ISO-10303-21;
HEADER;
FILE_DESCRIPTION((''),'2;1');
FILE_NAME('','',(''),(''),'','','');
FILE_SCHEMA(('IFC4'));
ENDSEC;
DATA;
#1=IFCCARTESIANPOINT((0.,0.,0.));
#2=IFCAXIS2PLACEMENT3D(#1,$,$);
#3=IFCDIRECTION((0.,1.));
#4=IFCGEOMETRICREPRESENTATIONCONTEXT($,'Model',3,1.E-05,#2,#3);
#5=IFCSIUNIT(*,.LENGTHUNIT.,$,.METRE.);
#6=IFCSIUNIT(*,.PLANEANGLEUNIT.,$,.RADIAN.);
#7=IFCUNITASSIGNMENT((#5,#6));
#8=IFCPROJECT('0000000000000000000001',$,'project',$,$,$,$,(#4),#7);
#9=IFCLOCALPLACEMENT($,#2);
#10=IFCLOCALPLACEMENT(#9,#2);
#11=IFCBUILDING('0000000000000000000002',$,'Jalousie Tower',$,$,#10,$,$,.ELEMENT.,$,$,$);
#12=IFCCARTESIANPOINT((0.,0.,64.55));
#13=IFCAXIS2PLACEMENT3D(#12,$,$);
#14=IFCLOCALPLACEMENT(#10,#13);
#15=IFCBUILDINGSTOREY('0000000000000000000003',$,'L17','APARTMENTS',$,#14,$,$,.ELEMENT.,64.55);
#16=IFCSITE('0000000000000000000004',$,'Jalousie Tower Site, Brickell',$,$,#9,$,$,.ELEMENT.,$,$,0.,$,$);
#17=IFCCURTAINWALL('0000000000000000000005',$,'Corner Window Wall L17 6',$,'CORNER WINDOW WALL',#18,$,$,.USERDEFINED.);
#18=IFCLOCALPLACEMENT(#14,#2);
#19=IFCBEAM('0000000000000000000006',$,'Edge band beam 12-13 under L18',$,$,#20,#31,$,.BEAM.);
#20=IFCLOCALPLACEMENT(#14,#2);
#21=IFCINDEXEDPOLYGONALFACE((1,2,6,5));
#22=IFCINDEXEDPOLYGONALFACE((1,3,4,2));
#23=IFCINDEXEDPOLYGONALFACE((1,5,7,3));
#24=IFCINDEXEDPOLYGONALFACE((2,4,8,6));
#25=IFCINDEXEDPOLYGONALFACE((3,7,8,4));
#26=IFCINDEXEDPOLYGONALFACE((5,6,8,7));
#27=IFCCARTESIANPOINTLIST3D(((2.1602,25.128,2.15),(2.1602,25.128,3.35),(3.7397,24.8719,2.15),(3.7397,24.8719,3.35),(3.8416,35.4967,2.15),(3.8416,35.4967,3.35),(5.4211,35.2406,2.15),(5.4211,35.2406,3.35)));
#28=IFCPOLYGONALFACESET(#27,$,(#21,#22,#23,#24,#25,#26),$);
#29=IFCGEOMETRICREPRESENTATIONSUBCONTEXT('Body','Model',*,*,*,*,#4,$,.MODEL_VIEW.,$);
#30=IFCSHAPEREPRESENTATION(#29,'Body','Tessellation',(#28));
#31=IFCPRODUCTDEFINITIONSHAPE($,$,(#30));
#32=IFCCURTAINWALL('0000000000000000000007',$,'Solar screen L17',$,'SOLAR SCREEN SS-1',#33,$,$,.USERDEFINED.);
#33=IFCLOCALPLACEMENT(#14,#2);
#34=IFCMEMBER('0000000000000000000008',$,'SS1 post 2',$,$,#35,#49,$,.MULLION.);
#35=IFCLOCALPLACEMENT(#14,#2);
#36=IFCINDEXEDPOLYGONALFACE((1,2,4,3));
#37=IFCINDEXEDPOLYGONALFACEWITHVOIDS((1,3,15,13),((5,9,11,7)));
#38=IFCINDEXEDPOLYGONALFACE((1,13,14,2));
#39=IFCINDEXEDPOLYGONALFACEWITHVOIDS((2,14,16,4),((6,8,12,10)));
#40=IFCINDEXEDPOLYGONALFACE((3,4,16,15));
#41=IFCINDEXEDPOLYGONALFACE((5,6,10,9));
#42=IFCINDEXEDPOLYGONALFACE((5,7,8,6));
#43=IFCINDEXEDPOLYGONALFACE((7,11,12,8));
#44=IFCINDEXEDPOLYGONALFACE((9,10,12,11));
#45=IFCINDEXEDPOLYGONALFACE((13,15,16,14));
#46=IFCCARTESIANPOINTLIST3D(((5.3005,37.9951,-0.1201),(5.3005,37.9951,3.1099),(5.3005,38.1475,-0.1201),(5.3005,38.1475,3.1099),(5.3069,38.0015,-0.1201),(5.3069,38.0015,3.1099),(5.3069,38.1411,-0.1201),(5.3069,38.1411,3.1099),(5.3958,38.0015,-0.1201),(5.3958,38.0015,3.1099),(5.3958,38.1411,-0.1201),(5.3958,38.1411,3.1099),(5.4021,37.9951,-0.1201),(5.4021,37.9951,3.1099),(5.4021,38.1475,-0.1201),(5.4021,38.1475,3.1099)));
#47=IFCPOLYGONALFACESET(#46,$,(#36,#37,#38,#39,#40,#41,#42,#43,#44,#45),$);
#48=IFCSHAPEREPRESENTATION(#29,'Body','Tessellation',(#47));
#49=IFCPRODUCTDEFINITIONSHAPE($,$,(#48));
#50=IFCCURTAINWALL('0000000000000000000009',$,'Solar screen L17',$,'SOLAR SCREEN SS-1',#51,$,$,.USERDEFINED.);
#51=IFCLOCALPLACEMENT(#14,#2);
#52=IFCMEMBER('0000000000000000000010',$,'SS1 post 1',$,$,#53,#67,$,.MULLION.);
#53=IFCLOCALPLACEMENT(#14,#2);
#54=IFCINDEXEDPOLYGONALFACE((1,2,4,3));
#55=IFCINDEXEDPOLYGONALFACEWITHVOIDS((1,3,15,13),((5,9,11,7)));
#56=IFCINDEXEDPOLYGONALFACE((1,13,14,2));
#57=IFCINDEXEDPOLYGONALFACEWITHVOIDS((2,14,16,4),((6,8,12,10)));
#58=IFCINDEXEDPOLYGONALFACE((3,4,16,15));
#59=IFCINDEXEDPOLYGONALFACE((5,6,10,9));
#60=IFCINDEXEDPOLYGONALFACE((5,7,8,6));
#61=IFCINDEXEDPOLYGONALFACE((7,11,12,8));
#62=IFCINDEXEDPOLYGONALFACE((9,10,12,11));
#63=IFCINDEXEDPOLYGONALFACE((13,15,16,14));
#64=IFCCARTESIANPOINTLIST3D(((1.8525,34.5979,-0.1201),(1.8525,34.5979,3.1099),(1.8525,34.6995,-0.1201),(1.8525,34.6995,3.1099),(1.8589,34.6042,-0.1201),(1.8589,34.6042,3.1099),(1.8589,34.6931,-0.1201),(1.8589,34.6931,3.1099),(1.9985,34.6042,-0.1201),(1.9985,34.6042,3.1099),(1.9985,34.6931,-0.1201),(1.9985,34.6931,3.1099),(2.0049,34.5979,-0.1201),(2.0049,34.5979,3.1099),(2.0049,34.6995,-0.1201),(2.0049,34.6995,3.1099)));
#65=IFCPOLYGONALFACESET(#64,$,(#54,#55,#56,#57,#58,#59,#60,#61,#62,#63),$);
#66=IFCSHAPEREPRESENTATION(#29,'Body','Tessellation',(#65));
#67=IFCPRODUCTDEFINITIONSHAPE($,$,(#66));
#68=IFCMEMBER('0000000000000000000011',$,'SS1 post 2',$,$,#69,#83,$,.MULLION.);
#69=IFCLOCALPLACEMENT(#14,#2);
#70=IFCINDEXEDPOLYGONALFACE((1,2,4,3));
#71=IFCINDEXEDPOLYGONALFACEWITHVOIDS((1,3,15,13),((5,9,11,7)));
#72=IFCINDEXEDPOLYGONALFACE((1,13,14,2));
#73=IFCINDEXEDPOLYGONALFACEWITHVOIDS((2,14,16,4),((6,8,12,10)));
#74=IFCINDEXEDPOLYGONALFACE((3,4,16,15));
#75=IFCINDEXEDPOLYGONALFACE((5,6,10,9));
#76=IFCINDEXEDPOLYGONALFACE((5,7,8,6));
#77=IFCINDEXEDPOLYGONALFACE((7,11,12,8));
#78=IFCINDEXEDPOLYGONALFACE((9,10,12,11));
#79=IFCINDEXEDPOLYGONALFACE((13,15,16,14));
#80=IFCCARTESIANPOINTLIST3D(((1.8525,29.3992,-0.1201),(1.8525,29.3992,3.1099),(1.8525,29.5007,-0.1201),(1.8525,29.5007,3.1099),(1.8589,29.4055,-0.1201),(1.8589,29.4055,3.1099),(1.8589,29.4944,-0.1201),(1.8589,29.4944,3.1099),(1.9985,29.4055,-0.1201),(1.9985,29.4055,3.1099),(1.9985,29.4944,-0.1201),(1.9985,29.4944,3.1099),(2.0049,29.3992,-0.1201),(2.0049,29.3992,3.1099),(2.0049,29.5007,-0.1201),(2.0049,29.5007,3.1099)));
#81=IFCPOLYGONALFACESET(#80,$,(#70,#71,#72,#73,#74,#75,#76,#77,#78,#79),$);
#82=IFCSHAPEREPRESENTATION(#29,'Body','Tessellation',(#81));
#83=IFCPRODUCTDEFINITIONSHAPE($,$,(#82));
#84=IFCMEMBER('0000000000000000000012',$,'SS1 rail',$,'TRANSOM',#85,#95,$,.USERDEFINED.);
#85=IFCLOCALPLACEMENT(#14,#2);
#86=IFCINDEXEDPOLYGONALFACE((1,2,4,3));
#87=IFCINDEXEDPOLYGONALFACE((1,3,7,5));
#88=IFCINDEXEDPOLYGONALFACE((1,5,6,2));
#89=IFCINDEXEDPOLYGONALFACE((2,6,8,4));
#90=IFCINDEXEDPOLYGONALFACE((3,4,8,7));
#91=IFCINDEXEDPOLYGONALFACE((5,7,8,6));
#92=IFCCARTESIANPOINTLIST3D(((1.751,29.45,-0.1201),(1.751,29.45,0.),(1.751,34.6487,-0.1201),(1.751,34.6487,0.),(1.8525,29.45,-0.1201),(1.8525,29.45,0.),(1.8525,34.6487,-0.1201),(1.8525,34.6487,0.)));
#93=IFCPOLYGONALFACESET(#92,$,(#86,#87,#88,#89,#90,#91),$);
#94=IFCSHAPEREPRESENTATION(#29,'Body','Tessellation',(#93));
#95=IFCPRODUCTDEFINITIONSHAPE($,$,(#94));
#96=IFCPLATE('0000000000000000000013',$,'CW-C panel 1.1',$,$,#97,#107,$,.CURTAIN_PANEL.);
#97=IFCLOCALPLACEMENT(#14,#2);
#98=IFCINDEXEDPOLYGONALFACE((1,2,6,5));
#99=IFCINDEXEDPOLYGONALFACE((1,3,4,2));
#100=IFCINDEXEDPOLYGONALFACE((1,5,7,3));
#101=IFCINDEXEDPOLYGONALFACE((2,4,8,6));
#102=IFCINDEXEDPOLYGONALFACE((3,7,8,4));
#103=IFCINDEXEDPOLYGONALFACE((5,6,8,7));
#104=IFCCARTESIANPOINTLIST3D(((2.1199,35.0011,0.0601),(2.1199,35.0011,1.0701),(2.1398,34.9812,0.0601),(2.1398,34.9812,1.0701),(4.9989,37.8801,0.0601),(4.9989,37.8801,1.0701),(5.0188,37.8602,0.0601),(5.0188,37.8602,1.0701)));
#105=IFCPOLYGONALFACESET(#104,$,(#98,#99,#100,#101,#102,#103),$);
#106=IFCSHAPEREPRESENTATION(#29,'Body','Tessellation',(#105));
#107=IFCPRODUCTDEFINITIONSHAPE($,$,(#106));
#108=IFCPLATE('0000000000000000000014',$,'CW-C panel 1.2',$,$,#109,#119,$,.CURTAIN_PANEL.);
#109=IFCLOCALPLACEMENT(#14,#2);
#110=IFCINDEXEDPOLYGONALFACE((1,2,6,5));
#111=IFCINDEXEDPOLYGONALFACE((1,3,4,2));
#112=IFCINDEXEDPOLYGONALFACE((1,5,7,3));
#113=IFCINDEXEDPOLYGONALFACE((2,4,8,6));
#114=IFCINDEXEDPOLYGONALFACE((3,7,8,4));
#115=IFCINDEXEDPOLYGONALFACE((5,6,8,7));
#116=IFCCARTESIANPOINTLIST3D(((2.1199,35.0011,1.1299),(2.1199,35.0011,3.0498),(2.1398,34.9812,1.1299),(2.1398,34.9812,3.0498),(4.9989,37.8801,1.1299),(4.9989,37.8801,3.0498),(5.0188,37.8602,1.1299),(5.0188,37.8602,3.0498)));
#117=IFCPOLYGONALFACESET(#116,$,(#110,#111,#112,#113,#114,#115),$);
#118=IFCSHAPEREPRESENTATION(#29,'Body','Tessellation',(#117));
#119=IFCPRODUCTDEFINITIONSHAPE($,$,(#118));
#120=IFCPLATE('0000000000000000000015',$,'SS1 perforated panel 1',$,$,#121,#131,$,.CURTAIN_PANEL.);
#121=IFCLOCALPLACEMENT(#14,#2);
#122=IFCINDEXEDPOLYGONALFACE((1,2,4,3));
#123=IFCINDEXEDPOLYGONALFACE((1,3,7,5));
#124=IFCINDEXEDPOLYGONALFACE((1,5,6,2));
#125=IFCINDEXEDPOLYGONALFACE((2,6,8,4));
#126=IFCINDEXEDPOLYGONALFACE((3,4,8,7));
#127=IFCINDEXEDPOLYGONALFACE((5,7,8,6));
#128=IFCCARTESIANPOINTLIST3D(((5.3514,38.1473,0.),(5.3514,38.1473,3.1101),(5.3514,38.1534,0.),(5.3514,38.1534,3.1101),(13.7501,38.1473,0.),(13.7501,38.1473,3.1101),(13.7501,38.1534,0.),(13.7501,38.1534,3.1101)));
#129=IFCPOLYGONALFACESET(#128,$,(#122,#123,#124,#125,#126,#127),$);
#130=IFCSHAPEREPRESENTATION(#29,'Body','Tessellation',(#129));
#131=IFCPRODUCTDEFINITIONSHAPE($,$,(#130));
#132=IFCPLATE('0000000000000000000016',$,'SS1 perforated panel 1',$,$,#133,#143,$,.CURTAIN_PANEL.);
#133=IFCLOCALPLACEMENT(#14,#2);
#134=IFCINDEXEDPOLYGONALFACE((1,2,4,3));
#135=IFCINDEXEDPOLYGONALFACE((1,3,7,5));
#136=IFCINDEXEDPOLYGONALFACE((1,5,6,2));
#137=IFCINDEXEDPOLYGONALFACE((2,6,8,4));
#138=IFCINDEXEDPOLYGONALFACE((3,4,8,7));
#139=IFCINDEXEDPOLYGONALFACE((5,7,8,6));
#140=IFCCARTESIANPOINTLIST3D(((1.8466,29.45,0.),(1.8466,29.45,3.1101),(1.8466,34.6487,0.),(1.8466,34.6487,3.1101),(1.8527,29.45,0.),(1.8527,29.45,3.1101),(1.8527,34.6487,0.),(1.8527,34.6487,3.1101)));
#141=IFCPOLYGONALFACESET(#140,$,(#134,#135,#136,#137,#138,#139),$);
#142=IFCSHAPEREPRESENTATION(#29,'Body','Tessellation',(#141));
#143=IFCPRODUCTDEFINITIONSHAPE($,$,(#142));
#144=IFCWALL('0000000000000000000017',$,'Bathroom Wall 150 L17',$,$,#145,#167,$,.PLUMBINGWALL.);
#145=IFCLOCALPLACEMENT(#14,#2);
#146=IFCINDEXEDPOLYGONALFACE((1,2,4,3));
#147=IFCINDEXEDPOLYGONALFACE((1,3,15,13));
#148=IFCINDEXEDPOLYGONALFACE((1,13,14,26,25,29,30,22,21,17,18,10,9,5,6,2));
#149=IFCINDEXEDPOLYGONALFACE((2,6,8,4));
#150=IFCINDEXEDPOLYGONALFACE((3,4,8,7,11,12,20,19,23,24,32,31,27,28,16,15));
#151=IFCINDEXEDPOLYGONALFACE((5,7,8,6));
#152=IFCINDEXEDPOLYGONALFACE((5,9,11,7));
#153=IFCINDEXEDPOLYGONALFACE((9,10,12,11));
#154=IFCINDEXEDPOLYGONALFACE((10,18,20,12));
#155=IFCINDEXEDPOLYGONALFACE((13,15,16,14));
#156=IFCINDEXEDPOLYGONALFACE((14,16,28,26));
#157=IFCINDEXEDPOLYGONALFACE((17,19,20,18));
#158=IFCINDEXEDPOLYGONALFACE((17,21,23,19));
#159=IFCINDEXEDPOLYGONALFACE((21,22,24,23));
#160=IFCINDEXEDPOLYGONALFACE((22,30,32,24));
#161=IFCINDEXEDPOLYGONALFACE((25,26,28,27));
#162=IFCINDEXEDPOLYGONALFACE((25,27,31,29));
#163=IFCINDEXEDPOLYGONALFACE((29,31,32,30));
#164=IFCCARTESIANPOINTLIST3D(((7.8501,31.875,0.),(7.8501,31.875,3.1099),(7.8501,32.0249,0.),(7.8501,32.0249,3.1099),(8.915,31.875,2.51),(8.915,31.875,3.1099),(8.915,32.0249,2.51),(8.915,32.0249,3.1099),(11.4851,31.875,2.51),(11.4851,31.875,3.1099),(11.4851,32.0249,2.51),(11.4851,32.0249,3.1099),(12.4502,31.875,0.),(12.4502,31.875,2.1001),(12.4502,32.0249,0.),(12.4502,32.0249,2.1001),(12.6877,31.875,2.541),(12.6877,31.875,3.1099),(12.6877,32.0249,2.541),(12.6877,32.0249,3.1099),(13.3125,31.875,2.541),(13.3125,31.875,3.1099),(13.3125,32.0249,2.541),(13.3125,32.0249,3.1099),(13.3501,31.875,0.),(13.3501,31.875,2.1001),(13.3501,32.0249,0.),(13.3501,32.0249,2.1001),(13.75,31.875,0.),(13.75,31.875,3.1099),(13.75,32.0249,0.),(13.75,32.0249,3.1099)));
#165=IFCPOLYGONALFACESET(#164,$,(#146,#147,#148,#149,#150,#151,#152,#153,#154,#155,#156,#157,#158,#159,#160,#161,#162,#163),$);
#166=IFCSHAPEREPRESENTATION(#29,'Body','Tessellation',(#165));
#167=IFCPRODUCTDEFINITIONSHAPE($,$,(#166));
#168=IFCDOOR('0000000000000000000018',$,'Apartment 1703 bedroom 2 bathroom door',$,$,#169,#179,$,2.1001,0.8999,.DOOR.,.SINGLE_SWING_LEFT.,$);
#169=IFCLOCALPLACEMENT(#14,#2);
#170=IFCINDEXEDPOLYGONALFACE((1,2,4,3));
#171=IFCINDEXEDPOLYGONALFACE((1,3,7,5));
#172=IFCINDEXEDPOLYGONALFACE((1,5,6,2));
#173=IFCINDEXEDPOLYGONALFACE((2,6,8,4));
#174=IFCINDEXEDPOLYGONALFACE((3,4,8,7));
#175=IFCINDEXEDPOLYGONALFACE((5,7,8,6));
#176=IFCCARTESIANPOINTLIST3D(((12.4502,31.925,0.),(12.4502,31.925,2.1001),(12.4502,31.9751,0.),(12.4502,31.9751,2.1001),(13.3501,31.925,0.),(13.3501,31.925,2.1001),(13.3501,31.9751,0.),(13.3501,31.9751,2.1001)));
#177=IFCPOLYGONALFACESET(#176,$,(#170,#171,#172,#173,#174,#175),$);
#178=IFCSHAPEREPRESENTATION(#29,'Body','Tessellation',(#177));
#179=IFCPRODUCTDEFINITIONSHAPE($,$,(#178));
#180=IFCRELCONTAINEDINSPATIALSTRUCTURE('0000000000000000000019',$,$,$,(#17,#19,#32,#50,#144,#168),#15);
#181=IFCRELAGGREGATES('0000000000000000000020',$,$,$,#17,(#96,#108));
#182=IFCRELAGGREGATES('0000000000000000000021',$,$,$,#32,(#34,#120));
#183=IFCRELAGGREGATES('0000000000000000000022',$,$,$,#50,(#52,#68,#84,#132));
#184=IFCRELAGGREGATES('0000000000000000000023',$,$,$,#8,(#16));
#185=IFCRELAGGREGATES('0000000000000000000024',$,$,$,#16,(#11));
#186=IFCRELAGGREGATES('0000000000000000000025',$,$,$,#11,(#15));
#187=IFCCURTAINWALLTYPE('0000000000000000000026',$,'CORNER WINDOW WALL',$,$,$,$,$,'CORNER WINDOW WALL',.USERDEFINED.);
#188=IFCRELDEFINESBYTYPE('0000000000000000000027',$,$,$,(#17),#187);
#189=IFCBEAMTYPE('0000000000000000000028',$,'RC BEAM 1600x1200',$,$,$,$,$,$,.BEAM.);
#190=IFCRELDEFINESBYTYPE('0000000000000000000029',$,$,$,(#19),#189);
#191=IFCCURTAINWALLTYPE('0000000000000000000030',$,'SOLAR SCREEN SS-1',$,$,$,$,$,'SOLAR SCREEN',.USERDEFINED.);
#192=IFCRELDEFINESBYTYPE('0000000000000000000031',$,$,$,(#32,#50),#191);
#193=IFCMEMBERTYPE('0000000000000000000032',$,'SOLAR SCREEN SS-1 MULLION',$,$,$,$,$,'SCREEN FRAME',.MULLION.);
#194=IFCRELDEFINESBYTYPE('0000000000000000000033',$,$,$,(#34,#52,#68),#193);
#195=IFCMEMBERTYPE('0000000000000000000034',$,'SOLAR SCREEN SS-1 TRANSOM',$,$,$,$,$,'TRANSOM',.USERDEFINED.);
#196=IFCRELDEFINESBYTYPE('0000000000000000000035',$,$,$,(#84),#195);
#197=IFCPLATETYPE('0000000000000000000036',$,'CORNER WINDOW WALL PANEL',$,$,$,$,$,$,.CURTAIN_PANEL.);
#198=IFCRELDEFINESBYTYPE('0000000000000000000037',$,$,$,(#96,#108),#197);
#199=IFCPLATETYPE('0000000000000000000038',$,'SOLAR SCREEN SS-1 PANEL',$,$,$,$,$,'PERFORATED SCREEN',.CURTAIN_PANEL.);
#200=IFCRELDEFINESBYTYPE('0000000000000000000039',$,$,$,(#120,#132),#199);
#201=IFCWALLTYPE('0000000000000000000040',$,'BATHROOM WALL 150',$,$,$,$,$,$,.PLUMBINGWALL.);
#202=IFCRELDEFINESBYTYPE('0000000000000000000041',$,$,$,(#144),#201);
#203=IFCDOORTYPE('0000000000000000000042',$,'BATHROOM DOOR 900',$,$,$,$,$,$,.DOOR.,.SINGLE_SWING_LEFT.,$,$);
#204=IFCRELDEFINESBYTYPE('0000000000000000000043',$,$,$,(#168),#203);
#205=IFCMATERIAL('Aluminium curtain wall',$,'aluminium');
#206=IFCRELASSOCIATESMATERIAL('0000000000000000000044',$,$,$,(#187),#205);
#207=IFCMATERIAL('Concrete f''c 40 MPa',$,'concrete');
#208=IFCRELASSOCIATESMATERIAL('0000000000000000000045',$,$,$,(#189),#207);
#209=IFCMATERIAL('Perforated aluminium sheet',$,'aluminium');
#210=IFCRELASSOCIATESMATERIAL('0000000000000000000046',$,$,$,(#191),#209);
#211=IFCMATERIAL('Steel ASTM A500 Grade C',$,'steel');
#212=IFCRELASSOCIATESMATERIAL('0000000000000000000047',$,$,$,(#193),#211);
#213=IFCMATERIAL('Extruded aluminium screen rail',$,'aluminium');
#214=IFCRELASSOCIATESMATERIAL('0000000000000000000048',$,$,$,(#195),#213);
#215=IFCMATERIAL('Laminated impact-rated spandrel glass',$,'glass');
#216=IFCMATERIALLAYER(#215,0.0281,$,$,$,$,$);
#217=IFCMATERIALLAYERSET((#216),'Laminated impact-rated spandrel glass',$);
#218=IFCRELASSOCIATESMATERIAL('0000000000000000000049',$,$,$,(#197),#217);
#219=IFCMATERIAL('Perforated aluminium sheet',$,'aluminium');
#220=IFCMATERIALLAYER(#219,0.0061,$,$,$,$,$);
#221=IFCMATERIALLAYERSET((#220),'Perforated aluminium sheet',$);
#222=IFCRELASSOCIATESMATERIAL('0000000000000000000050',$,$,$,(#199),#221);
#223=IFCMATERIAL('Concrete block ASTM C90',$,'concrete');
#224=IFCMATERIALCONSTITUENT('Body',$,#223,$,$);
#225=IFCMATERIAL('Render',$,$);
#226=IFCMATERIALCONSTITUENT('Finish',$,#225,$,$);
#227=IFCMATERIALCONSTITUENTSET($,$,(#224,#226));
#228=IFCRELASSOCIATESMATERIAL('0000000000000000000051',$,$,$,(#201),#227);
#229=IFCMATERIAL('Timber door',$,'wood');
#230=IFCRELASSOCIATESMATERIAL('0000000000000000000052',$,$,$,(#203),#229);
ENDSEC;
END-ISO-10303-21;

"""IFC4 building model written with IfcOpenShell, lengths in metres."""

from ifc_helpers import new_model, si_unit, direction, frame, frame_2d, origin, origin_2d, place, context, subcontext, project, spatial, polyline, rectangle, hollow_rectangle, outline, extrude, material, layer, layer_set, constituent, constituent_set, material_profile, profile_set, type_object, element, fill, aggregate, save


model = new_model("IFC4")

# Units and contexts
model_context = context("Model", 3, precision=1e-05, world=origin(), true_north=direction((0.0, 1.0)))
body_context = subcontext(model_context, "Body", "Model", "MODEL_VIEW")
ifc_project = project(units=[si_unit("LENGTHUNIT", "METRE"), si_unit("PLANEANGLEUNIT", "RADIAN")], contexts=[model_context])

# Site, building, storey
site_placement = place(None, origin())
site = spatial("IfcSite", under=ifc_project, at=site_placement, Name="Jalousie Tower Site, Brickell", CompositionType="ELEMENT", RefElevation=0.0)
building_placement = place(site_placement, origin())
building = spatial("IfcBuilding", under=site, at=building_placement, Name="Jalousie Tower", CompositionType="ELEMENT")
storey_placement = place(building_placement, frame((0.0, 0.0, 64.55)))
storey = spatial("IfcBuildingStorey", under=building, at=storey_placement, Name="L17", Description="APARTMENTS", CompositionType="ELEMENT", Elevation=64.55)

# Curtain wall
ifc_material_1 = material(Name="Aluminium curtain wall", Category="aluminium")
curtain_wall_type_1 = type_object("IfcCurtainWallType", Name="CORNER WINDOW WALL", ElementType="CORNER WINDOW WALL", PredefinedType="USERDEFINED", material=ifc_material_1)
curtain_wall_1_placement = place(storey_placement, origin())
curtain_wall_1 = element("IfcCurtainWall", 1, at=curtain_wall_1_placement, inside=storey, type_object=curtain_wall_type_1, Name="Corner Window Wall L17 6", ObjectType="CORNER WINDOW WALL", PredefinedType="USERDEFINED")

# Beam
ifc_material_2 = material(Name="Concrete f'c 40 MPa", Category="concrete")
ifc_material_profile_1 = material_profile(ifc_material_2, rectangle(XDim=1.6001, YDim=1.2, at=origin_2d()), Name="RC 1600x1200")
ifc_profile_set_1 = profile_set([ifc_material_profile_1], Name="Concrete f'c 40 MPa")
beam_type_1 = type_object("IfcBeamType", Name="RC BEAM 1600x1200", PredefinedType="BEAM", material=ifc_profile_set_1)
beam_1_placement = place(storey_placement, frame((4.6313, 35.3687, 2.75), z_axis=(-0.160071, -0.987106, 0.0), x_axis=(0.987106, -0.160071, 0.0)))
element("IfcBeam", 2, at=beam_1_placement, inside=storey, type_object=beam_type_1, Name="Edge band beam 12-13 under L18", PredefinedType="BEAM", context=body_context, shape_type="SweptSolid", body=[
    extrude(rectangle(XDim=1.6001, YDim=1.2, at=origin_2d()), origin(), (0.0, 0.0, 1.0), 10.5042),
])

# Curtain wall, member
ifc_material_3 = material(Name="Perforated aluminium sheet", Category="aluminium")
curtain_wall_type_2 = type_object("IfcCurtainWallType", Name="SOLAR SCREEN SS-1", ElementType="SOLAR SCREEN", PredefinedType="USERDEFINED", material=ifc_material_3)
curtain_wall_2_placement = place(storey_placement, origin())
curtain_wall_2 = element("IfcCurtainWall", 3, at=curtain_wall_2_placement, inside=storey, type_object=curtain_wall_type_2, Name="Solar screen L17", ObjectType="SOLAR SCREEN SS-1", PredefinedType="USERDEFINED")
ifc_material_4 = material(Name="Steel ASTM A500 Grade C", Category="steel")
ifc_material_profile_2 = material_profile(ifc_material_4, hollow_rectangle(XDim=0.1016, YDim=0.1523, WallThickness=0.0063, at=origin_2d()), Name="HSS6X4X1/4")
ifc_profile_set_2 = profile_set([ifc_material_profile_2], Name="Steel ASTM A500 Grade C")
member_type_1 = type_object("IfcMemberType", Name="SOLAR SCREEN SS-1 MULLION", ElementType="SCREEN FRAME", PredefinedType="MULLION", material=ifc_profile_set_2)
member_1_placement = place(storey_placement, frame((5.3513, 38.0713, -0.1201), z_axis=(0.0, 0.0, 1.0), x_axis=(-1.0, 0.0, 0.0)))
member_1 = element("IfcMember", 4, at=member_1_placement, type_object=member_type_1, Name="SS1 post 2", PredefinedType="MULLION", context=body_context, shape_type="SweptSolid", body=[
    extrude(hollow_rectangle(XDim=0.1016, YDim=0.1523, WallThickness=0.0063, at=origin_2d()), origin(), (0.0, 0.0, 1.0), 3.23),
])

# Curtain wall, members
curtain_wall_3_placement = place(storey_placement, origin())
curtain_wall_3 = element("IfcCurtainWall", 5, at=curtain_wall_3_placement, inside=storey, type_object=curtain_wall_type_2, Name="Solar screen L17", ObjectType="SOLAR SCREEN SS-1", PredefinedType="USERDEFINED")
member_2_placement = place(storey_placement, frame((1.9287, 34.6487, -0.1201), z_axis=(0.0, 0.0, 1.0), x_axis=(0.0, -1.0, 0.0)))
member_2 = element("IfcMember", 6, at=member_2_placement, type_object=member_type_1, Name="SS1 post 1", PredefinedType="MULLION", context=body_context, shape_type="SweptSolid", body=[
    extrude(hollow_rectangle(XDim=0.1016, YDim=0.1523, WallThickness=0.0063, at=origin_2d()), origin(), (0.0, 0.0, 1.0), 3.23),
])
member_3_placement = place(storey_placement, frame((1.9287, 29.45, -0.1201), z_axis=(0.0, 0.0, 1.0), x_axis=(0.0, -1.0, 0.0)))
member_3 = element("IfcMember", 7, at=member_3_placement, type_object=member_type_1, Name="SS1 post 2", PredefinedType="MULLION", context=body_context, shape_type="SweptSolid", body=[
    extrude(hollow_rectangle(XDim=0.1016, YDim=0.1523, WallThickness=0.0063, at=origin_2d()), origin(), (0.0, 0.0, 1.0), 3.23),
])
ifc_material_5 = material(Name="Extruded aluminium screen rail", Category="aluminium")
ifc_material_profile_3 = material_profile(ifc_material_5, rectangle(XDim=0.1016, YDim=0.1201, at=origin_2d()), Name="RAIL 102x120")
ifc_profile_set_3 = profile_set([ifc_material_profile_3], Name="Extruded aluminium screen rail")
member_type_2 = type_object("IfcMemberType", Name="SOLAR SCREEN SS-1 TRANSOM", ElementType="TRANSOM", PredefinedType="USERDEFINED", material=ifc_profile_set_3)
member_4_placement = place(storey_placement, frame((1.8018, 34.6487, -0.0601), z_axis=(0.0, -1.0, 0.0), x_axis=(1.0, 0.0, 0.0)))
member_4 = element("IfcMember", 8, at=member_4_placement, type_object=member_type_2, Name="SS1 rail", ObjectType="TRANSOM", PredefinedType="USERDEFINED", context=body_context, shape_type="SweptSolid", body=[
    extrude(rectangle(XDim=0.1016, YDim=0.1201, at=origin_2d()), origin(), (0.0, 0.0, 1.0), 5.1987),
])

# Plates
ifc_material_6 = material(Name="Laminated impact-rated spandrel glass", Category="glass")
ifc_layer_1 = layer(ifc_material_6, 0.0281)
ifc_layer_set_1 = layer_set([ifc_layer_1], Name="Laminated impact-rated spandrel glass")
plate_type_1 = type_object("IfcPlateType", Name="CORNER WINDOW WALL PANEL", PredefinedType="CURTAIN_PANEL", material=ifc_layer_set_1)
plate_1_placement = place(storey_placement, frame((3.5693, 36.4307, 0.0601), z_axis=(0.0, 0.0, 1.0), x_axis=(-0.707107, -0.707107, 0.0)))
plate_1 = element("IfcPlate", 9, at=plate_1_placement, type_object=plate_type_1, Name="CW-C panel 1.1", PredefinedType="CURTAIN_PANEL", context=body_context, shape_type="SweptSolid", body=[
    extrude(rectangle(XDim=4.0715, YDim=0.0281, at=origin_2d()), origin(), (0.0, 0.0, 1.0), 1.01),
])
plate_2_placement = place(storey_placement, frame((3.5693, 36.4307, 1.1299), z_axis=(0.0, 0.0, 1.0), x_axis=(-0.707107, -0.707107, 0.0)))
plate_2 = element("IfcPlate", 10, at=plate_2_placement, type_object=plate_type_1, Name="CW-C panel 1.2", PredefinedType="CURTAIN_PANEL", context=body_context, shape_type="SweptSolid", body=[
    extrude(rectangle(XDim=4.0715, YDim=0.0281, at=origin_2d()), origin(), (0.0, 0.0, 1.0), 1.9199),
])
aggregate(curtain_wall_1, [plate_1, plate_2])
ifc_material_7 = material(Name="Perforated aluminium sheet", Category="aluminium")
ifc_layer_2 = layer(ifc_material_7, 0.0061)
ifc_layer_set_2 = layer_set([ifc_layer_2], Name="Perforated aluminium sheet")
plate_type_2 = type_object("IfcPlateType", Name="SOLAR SCREEN SS-1 PANEL", ElementType="PERFORATED SCREEN", PredefinedType="CURTAIN_PANEL", material=ifc_layer_set_2)
plate_3_placement = place(storey_placement, frame((9.5508, 38.1504, 0.0), z_axis=(0.0, 0.0, 1.0), x_axis=(-1.0, 0.0, 0.0)))
plate_3 = element("IfcPlate", 11, at=plate_3_placement, type_object=plate_type_2, Name="SS1 perforated panel 1", PredefinedType="CURTAIN_PANEL", context=body_context, shape_type="SweptSolid", body=[
    extrude(rectangle(XDim=8.3987, YDim=0.0061, at=origin_2d()), origin(), (0.0, 0.0, 1.0), 3.1101),
])
aggregate(curtain_wall_2, [member_1, plate_3])
plate_4_placement = place(storey_placement, frame((1.8496, 32.0493, 0.0), z_axis=(0.0, 0.0, 1.0), x_axis=(0.0, -1.0, 0.0)))
plate_4 = element("IfcPlate", 12, at=plate_4_placement, type_object=plate_type_2, Name="SS1 perforated panel 1", PredefinedType="CURTAIN_PANEL", context=body_context, shape_type="SweptSolid", body=[
    extrude(rectangle(XDim=5.1987, YDim=0.0061, at=origin_2d()), origin(), (0.0, 0.0, 1.0), 3.1101),
])
aggregate(curtain_wall_3, [member_2, member_3, member_4, plate_4])

# Wall, opening, door
ifc_material_8 = material(Name="Concrete block ASTM C90", Category="concrete")
ifc_constituent_1 = constituent(ifc_material_8, Name="Body")
ifc_material_9 = material(Name="Render")
ifc_constituent_2 = constituent(ifc_material_9, Name="Finish")
ifc_constituent_set_1 = constituent_set(constituents=[ifc_constituent_1, ifc_constituent_2])
wall_type_1 = type_object("IfcWallType", Name="BATHROOM WALL 150", PredefinedType="PLUMBINGWALL", material=ifc_constituent_set_1)
wall_1_placement = place(storey_placement, frame((7.8501, 31.95, 0.0), z_axis=(0.0, 0.0, 1.0), x_axis=(1.0, 0.0, 0.0)))
wall_1 = element("IfcWall", 13, at=wall_1_placement, inside=storey, type_object=wall_type_1, Name="Bathroom Wall 150 L17", PredefinedType="PLUMBINGWALL", context=body_context, shape_type="SweptSolid", body=[
    extrude(outline(polyline([(0.0, 0.0), (5.8999, 0.0), (5.8999, 3.1099), (5.4624, 3.1099), (5.4624, 2.541), (4.8376, 2.541), (4.8376, 3.1099), (3.635, 3.1099), (3.635, 2.51), (1.0649, 2.51), (1.0649, 3.1099), (0.0, 3.1099), (0.0, 0.0)])), frame((0.0, 0.075, 0.0), z_axis=(0.0, -1.0, 0.0), x_axis=(1.0, 0.0, 0.0)), (0.0, 0.0, 1.0), 0.1499),
])
opening_1_placement = place(wall_1_placement, frame((4.6001, 0.0, 0.0)))
opening_1 = element("IfcOpeningElement", 14, at=opening_1_placement, cuts=wall_1, PredefinedType="OPENING", context=body_context, shape_type="SweptSolid", body=[
    extrude(rectangle(XDim=0.8999, YDim=2.1001, at=frame_2d((0.45, 1.05))), frame((0.0, 0.085, 0.0), z_axis=(0.0, -1.0, 0.0), x_axis=(1.0, 0.0, 0.0)), (0.0, 0.0, 1.0), 0.1699),
])
ifc_material_10 = material(Name="Timber door", Category="wood")
door_type_1 = type_object("IfcDoorType", Name="BATHROOM DOOR 900", OperationType="SINGLE_SWING_LEFT", PredefinedType="DOOR", material=ifc_material_10)
door_1_placement = place(opening_1_placement, frame((0.8999, 0.0, 0.0), z_axis=(0.0, 0.0, 1.0), x_axis=(-1.0, 0.0, 0.0)))
door_1 = element("IfcDoor", 15, at=door_1_placement, inside=storey, type_object=door_type_1, Name="Apartment 1703 bedroom 2 bathroom door", OperationType="SINGLE_SWING_LEFT", OverallHeight=2.1001, OverallWidth=0.8999, PredefinedType="DOOR", context=body_context, shape_type="SweptSolid", body=[
    extrude(rectangle(XDim=0.8999, YDim=2.1001, at=frame_2d((0.45, 1.05))), frame((0.0, 0.0249, 0.0), z_axis=(0.0, -1.0, 0.0), x_axis=(1.0, 0.0, 0.0)), (0.0, 0.0, 1.0), 0.05),
])
fill(opening_1, door_1)

save(model, "model.ifc")
